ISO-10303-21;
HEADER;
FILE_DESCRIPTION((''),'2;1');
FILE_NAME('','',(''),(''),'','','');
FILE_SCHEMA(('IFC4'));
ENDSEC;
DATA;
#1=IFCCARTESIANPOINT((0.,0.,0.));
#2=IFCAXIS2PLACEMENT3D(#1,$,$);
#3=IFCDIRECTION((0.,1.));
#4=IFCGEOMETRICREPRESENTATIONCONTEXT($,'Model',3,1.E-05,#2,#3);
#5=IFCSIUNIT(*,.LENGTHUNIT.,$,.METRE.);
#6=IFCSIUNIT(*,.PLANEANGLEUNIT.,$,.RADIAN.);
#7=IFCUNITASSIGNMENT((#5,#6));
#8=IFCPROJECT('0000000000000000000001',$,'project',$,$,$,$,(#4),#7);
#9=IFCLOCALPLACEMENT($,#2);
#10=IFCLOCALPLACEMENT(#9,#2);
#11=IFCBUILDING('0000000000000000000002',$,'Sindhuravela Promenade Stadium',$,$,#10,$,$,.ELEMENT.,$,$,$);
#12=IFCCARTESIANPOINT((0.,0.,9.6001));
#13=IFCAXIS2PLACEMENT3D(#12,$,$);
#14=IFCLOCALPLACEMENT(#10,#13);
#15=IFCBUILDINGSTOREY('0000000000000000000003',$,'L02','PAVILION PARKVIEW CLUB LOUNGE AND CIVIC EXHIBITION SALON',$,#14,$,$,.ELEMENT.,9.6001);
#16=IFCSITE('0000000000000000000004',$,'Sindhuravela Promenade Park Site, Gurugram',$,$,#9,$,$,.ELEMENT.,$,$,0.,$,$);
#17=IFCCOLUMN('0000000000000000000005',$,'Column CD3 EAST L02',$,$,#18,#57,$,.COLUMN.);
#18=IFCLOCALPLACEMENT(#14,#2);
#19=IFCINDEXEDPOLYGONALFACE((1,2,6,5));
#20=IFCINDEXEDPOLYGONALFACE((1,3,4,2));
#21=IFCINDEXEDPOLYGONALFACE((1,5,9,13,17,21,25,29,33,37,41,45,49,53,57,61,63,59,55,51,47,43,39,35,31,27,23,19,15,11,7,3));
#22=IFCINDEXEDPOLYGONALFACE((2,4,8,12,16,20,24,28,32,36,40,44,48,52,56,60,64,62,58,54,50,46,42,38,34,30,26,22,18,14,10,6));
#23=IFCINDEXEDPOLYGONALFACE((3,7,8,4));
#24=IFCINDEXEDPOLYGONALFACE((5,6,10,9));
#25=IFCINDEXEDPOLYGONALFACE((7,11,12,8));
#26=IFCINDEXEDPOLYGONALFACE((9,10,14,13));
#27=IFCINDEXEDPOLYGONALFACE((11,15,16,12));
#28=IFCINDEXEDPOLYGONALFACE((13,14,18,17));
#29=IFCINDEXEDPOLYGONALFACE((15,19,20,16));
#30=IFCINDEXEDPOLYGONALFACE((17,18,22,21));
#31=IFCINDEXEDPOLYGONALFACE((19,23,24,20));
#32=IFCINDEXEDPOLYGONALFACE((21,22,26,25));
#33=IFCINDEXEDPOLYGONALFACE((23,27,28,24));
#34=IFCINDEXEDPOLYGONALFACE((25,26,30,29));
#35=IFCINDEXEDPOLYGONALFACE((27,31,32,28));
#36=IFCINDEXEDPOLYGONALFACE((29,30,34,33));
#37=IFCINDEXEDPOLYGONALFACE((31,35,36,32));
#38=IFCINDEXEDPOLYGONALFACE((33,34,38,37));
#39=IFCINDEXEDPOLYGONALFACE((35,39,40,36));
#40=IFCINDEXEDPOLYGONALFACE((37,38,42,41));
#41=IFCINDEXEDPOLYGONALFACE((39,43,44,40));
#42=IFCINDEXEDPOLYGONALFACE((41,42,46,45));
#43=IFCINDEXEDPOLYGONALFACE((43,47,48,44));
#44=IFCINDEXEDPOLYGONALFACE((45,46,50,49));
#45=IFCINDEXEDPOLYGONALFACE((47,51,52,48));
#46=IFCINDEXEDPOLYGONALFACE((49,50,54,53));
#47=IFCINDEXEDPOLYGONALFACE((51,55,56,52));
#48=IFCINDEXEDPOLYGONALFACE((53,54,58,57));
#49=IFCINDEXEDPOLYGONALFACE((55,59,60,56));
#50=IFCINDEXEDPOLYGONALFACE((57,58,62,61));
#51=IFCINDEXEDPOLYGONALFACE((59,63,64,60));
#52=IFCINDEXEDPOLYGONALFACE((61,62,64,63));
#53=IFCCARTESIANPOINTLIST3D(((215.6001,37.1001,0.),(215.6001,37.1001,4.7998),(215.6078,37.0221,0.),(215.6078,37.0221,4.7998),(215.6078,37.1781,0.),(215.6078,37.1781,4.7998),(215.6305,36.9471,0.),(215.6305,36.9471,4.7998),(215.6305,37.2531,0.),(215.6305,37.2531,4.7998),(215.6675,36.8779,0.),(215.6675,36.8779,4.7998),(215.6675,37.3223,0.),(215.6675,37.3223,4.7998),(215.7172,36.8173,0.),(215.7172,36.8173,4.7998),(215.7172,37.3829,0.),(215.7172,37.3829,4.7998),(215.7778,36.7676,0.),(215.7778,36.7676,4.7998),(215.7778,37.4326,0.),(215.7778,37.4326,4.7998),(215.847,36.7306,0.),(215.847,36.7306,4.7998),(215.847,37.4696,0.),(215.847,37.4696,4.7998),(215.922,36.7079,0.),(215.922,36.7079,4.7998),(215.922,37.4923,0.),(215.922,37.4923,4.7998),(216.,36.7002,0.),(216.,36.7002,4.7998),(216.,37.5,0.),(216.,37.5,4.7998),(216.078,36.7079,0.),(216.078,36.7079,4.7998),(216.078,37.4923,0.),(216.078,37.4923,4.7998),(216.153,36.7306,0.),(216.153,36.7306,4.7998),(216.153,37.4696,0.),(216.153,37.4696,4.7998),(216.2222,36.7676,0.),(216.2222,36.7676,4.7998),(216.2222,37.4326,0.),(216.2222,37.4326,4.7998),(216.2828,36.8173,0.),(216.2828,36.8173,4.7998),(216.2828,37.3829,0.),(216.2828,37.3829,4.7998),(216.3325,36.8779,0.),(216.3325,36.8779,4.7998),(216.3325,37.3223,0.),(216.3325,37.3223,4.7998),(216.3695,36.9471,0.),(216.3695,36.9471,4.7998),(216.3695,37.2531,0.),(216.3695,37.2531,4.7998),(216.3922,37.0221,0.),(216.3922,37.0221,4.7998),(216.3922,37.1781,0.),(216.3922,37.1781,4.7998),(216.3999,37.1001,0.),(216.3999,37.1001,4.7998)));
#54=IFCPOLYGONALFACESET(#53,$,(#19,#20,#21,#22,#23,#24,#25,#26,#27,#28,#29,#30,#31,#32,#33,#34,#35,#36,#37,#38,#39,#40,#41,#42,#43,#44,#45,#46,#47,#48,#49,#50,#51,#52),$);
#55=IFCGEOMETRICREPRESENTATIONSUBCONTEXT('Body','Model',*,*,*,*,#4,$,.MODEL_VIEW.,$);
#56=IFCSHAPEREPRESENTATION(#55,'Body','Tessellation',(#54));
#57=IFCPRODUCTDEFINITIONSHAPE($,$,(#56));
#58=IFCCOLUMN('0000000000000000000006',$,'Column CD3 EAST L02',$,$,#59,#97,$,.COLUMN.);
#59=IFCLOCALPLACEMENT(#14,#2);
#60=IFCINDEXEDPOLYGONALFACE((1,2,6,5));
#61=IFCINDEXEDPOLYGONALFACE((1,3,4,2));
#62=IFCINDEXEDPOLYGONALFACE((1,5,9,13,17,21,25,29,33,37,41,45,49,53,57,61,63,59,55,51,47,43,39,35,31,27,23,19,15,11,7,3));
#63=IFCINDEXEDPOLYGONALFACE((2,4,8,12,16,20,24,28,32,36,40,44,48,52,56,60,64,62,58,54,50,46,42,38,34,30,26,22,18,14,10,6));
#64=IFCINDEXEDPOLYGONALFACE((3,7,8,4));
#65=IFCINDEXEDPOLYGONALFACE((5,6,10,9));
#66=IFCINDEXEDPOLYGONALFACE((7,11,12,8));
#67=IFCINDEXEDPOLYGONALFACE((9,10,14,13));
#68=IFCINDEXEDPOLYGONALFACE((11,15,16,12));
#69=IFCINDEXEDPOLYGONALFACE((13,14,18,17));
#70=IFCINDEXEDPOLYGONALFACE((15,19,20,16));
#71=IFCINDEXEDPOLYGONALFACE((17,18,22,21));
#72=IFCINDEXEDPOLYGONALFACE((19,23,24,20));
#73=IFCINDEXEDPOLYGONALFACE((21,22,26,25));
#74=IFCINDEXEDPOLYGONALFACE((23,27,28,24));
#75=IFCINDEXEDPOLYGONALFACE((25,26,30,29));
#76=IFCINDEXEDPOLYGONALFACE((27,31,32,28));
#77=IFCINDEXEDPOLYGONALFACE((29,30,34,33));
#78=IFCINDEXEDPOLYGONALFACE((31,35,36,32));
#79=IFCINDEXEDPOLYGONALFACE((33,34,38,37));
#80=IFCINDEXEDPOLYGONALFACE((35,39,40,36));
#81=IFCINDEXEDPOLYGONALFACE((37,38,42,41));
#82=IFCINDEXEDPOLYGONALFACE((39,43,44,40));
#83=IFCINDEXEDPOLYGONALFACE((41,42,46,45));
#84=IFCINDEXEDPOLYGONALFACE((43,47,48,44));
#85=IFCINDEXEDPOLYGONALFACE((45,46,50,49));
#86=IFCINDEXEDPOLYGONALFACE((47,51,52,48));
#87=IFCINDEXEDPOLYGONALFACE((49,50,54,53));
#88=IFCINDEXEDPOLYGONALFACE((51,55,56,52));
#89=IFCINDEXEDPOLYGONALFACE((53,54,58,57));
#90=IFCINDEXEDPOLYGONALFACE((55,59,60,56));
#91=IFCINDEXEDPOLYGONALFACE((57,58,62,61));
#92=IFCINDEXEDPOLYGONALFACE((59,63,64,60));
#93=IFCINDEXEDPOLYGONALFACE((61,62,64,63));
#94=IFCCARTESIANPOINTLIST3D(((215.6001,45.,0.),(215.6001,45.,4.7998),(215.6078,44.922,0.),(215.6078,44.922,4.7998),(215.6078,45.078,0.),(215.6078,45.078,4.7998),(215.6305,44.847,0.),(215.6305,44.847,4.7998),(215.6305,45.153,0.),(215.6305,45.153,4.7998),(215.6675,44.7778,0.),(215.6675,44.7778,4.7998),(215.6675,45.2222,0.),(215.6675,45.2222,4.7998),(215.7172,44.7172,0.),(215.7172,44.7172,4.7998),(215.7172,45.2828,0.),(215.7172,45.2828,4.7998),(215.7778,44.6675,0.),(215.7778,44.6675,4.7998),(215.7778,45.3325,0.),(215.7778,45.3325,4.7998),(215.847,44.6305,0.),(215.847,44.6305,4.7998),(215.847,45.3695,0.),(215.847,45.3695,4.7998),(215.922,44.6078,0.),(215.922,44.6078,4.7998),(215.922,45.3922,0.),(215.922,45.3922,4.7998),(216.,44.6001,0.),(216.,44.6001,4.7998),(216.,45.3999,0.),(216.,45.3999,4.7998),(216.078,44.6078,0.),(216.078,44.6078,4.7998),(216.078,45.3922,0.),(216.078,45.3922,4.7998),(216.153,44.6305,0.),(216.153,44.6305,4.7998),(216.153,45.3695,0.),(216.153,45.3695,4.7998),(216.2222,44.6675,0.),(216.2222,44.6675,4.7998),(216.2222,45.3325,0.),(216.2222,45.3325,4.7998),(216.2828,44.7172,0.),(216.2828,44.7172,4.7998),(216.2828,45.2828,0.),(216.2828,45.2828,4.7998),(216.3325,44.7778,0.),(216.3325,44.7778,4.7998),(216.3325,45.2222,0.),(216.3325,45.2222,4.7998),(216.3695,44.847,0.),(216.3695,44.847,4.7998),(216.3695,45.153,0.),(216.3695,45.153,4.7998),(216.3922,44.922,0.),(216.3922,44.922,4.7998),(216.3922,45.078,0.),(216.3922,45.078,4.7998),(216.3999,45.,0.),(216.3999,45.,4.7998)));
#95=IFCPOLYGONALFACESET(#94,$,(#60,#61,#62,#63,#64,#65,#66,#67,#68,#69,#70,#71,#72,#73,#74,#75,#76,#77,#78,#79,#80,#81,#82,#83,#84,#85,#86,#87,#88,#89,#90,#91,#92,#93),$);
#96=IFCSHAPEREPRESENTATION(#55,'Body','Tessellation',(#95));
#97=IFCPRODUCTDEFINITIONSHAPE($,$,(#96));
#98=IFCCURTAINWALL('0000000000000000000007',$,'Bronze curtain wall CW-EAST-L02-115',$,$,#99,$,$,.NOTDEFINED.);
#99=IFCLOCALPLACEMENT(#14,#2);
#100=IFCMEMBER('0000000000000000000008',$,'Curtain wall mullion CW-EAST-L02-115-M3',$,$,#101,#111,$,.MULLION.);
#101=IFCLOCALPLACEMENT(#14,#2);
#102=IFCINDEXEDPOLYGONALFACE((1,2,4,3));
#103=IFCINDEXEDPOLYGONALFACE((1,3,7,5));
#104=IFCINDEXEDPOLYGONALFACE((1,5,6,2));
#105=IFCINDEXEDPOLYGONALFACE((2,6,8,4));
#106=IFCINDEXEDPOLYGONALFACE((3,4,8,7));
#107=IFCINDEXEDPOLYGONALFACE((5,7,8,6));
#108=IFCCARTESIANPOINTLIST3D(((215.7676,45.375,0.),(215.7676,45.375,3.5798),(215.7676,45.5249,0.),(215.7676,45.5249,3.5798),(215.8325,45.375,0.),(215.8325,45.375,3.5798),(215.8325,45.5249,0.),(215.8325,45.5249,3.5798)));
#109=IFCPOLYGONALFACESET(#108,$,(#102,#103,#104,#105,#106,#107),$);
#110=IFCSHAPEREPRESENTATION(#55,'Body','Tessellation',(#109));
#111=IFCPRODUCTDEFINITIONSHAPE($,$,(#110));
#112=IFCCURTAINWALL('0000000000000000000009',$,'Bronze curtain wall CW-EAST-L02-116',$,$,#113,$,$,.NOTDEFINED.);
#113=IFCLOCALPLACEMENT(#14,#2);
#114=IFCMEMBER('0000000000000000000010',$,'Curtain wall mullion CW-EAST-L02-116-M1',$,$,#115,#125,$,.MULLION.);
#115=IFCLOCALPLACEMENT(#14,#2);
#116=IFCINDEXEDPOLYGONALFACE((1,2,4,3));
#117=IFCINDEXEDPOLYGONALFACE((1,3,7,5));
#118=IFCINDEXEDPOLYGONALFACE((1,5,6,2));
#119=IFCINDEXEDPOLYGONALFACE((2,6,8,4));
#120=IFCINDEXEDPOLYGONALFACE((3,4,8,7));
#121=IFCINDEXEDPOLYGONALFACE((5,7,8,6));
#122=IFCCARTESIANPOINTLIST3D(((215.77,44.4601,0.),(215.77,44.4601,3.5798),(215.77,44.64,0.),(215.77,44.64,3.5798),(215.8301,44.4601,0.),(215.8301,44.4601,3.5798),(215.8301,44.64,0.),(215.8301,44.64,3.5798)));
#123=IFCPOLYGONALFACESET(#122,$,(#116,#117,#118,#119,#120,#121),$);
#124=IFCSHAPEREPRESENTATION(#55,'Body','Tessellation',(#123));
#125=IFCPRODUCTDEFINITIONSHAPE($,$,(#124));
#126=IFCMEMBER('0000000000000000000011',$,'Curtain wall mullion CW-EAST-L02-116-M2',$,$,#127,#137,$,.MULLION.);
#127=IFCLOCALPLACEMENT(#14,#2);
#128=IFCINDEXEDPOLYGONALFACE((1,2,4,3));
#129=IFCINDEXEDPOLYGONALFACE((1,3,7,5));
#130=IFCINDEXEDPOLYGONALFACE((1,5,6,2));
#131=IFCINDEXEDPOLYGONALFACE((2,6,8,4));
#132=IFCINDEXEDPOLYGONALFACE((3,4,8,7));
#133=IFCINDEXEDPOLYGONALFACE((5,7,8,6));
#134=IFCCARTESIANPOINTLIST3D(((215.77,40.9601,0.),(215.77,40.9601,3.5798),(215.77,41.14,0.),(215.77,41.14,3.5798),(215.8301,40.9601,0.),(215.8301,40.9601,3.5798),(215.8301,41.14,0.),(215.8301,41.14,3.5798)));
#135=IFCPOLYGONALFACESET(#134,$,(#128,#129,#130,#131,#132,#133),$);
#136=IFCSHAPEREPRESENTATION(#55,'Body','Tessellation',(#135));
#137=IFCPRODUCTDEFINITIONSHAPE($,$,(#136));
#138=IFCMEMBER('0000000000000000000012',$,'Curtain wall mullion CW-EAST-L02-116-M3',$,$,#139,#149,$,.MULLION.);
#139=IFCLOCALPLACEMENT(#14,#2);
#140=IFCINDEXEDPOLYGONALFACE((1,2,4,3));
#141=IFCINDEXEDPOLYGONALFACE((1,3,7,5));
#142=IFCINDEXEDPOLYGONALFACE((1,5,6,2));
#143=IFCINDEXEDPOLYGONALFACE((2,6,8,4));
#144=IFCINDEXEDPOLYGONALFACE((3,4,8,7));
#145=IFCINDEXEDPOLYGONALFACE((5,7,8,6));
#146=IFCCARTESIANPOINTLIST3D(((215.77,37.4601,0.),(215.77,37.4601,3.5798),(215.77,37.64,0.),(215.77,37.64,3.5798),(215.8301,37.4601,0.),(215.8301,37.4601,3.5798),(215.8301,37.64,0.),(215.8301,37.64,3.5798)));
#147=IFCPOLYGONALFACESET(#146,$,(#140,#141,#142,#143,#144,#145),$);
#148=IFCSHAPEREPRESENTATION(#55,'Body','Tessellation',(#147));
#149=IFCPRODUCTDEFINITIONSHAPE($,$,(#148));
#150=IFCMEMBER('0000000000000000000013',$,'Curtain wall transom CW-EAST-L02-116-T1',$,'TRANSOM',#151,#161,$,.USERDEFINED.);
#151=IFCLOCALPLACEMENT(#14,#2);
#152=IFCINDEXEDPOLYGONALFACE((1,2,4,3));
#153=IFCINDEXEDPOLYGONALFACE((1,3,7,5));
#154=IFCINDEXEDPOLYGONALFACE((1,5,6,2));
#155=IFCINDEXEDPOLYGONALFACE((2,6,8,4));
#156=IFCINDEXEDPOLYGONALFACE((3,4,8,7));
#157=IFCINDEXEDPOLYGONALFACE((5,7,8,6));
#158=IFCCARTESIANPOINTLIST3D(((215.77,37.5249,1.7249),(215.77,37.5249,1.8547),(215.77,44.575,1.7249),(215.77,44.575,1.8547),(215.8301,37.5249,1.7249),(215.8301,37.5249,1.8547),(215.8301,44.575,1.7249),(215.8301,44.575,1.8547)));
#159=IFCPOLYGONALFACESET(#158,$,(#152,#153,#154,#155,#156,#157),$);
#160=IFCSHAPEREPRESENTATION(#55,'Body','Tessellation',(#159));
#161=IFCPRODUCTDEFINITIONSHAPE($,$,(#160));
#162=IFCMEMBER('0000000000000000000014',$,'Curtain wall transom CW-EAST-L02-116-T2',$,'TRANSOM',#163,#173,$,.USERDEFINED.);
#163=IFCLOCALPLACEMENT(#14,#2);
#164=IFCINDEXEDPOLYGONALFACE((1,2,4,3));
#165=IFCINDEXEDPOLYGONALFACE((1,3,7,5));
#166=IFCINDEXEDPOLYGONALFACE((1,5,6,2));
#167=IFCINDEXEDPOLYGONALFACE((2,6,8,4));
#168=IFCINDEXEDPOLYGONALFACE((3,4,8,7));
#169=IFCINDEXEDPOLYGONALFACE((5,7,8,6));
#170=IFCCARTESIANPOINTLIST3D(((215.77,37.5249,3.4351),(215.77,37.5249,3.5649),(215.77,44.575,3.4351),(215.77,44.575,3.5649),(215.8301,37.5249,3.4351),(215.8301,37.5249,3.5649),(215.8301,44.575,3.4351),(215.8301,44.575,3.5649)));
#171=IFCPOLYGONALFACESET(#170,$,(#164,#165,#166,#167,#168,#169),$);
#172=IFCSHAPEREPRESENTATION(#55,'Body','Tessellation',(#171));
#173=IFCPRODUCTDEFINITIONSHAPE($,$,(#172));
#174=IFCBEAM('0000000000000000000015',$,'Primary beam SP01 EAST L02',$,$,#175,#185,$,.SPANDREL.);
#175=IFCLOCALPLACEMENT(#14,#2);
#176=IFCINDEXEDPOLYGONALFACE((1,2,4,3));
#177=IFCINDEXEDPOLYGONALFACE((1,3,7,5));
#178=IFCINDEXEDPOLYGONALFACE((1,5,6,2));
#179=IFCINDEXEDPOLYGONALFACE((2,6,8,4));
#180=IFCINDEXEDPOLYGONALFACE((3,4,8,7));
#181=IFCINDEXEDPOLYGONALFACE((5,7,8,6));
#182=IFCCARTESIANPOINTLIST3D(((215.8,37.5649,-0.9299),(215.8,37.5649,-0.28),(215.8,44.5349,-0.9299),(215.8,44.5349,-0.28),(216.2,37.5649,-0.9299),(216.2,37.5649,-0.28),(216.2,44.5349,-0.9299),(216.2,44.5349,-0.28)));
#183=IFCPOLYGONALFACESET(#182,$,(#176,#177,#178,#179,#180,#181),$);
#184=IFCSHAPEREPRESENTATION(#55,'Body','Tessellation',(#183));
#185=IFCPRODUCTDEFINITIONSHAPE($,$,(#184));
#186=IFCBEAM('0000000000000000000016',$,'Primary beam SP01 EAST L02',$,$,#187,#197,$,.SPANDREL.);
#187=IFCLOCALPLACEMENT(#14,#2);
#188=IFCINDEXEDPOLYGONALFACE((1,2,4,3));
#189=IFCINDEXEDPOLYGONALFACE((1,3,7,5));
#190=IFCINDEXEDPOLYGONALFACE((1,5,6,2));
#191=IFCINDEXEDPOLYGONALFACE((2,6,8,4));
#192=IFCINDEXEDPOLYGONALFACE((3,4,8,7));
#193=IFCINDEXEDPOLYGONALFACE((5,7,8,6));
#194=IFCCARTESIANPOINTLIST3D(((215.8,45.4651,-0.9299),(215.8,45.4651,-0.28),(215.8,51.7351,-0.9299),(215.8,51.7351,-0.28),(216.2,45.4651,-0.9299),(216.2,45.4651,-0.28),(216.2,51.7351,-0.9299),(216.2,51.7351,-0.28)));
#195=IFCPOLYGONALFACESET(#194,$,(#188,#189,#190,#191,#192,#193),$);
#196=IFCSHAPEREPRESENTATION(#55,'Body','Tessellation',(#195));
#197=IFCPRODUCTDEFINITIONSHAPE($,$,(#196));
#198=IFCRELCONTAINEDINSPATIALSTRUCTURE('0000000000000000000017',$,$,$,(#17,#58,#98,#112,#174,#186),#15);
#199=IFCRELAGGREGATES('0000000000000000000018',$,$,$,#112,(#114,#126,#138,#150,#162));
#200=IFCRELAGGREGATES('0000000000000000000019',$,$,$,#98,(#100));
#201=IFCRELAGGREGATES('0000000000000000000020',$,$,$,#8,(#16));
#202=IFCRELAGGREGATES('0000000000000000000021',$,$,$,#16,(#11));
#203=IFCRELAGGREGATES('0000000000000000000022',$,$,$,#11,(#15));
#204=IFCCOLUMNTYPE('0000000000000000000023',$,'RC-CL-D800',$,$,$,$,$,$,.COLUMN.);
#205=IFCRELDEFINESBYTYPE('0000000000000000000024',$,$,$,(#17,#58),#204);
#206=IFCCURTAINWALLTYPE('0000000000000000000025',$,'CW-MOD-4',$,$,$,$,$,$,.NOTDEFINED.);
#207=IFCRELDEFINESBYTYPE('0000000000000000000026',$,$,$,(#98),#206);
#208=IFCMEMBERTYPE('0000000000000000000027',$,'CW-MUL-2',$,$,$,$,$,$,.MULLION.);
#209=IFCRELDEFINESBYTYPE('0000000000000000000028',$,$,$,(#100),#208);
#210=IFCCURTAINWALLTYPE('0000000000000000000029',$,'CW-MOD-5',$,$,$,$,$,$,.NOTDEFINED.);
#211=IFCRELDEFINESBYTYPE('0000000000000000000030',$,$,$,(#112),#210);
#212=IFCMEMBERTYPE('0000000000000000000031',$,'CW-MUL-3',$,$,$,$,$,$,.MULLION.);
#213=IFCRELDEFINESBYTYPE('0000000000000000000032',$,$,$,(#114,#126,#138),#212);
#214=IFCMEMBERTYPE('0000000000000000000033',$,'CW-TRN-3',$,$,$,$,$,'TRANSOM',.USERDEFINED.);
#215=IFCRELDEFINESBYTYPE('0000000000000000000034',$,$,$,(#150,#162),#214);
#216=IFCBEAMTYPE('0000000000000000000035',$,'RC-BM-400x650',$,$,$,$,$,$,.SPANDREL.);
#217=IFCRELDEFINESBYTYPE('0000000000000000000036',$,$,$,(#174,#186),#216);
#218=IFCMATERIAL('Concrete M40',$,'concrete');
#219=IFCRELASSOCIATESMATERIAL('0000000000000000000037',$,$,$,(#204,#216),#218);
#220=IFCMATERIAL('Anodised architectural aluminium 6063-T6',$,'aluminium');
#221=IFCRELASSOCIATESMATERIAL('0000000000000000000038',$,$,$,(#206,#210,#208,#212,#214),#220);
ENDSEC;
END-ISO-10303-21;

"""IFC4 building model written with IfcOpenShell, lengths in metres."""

from ifc_helpers import new_model, si_unit, direction, frame, origin, origin_2d, place, context, subcontext, project, spatial, rectangle, circle, extrude, material, material_profile, profile_set, type_object, element, aggregate, save


model = new_model("IFC4")

# Units and contexts
model_context = context("Model", 3, precision=1e-05, world=origin(), true_north=direction((0.0, 1.0)))
body_context = subcontext(model_context, "Body", "Model", "MODEL_VIEW")
ifc_project = project(units=[si_unit("LENGTHUNIT", "METRE"), si_unit("PLANEANGLEUNIT", "RADIAN")], contexts=[model_context])

# Site, building, storey
site_placement = place(None, origin())
site = spatial("IfcSite", under=ifc_project, at=site_placement, Name="Sindhuravela Promenade Park Site, Gurugram", CompositionType="ELEMENT", RefElevation=0.0)
building_placement = place(site_placement, origin())
building = spatial("IfcBuilding", under=site, at=building_placement, Name="Sindhuravela Promenade Stadium", CompositionType="ELEMENT")
storey_placement = place(building_placement, frame((0.0, 0.0, 9.6001)))
storey = spatial("IfcBuildingStorey", under=building, at=storey_placement, Name="L02", Description="PAVILION PARKVIEW CLUB LOUNGE AND CIVIC EXHIBITION SALON", CompositionType="ELEMENT", Elevation=9.6001)

# Columns
ifc_material_1 = material(Name="Concrete M40", Category="concrete")
ifc_material_profile_1 = material_profile(ifc_material_1, circle(Radius=0.3999, at=origin_2d()), Name="RC D800")
ifc_profile_set_1 = profile_set([ifc_material_profile_1], Name="Concrete M40")
column_type = type_object("IfcColumnType", Name="RC-CL-D800", PredefinedType="COLUMN", material=ifc_profile_set_1)
for number, where, z_axis, x_axis, name in (
    (1, (216.0, 37.1001, 0.0), (0.0, 0.0, 1.0), (1.0, 0.0, 0.0), "Column CD3 EAST L02"),
    (2, (216.0, 45.0, 0.0), (0.0, 0.0, 1.0), (1.0, 0.0, 0.0), "Column CD3 EAST L02"),
):
    element("IfcColumn", number, at=place(storey_placement, frame(where, z_axis=z_axis, x_axis=x_axis)), inside=storey, type_object=column_type, Name=name, PredefinedType="COLUMN", context=body_context, shape_type="SweptSolid", body=[
        extrude(circle(Radius=0.3999, at=origin_2d()), origin(), (0.0, 0.0, 1.0), 4.7998),
    ])

# Curtain wall, member
ifc_material_2 = material(Name="Anodised architectural aluminium 6063-T6", Category="aluminium")
curtain_wall_type_1 = type_object("IfcCurtainWallType", Name="CW-MOD-4", PredefinedType="NOTDEFINED", material=ifc_material_2)
curtain_wall_1_placement = place(storey_placement, origin())
curtain_wall_1 = element("IfcCurtainWall", 3, at=curtain_wall_1_placement, inside=storey, type_object=curtain_wall_type_1, Name="Bronze curtain wall CW-EAST-L02-115", PredefinedType="NOTDEFINED")
ifc_material_profile_2 = material_profile(ifc_material_2, rectangle(XDim=0.0649, YDim=0.1499, at=origin_2d()), Name="ALU MULL 65x150")
ifc_profile_set_2 = profile_set([ifc_material_profile_2], Name="Anodised architectural aluminium 6063-T6")
member_type_1 = type_object("IfcMemberType", Name="CW-MUL-2", PredefinedType="MULLION", material=ifc_profile_set_2)
member_1_placement = place(storey_placement, frame((215.8, 45.45, 0.0), z_axis=(0.0, 0.0, 1.0), x_axis=(1.0, 0.0, 0.0)))
member_1 = element("IfcMember", 4, at=member_1_placement, type_object=member_type_1, Name="Curtain wall mullion CW-EAST-L02-115-M3", PredefinedType="MULLION", context=body_context, shape_type="SweptSolid", body=[
    extrude(rectangle(XDim=0.0649, YDim=0.1499, at=origin_2d()), origin(), (0.0, 0.0, 1.0), 3.5798),
])

# Curtain wall, members
curtain_wall_type_2 = type_object("IfcCurtainWallType", Name="CW-MOD-5", PredefinedType="NOTDEFINED", material=ifc_material_2)
curtain_wall_2_placement = place(storey_placement, origin())
curtain_wall_2 = element("IfcCurtainWall", 5, at=curtain_wall_2_placement, inside=storey, type_object=curtain_wall_type_2, Name="Bronze curtain wall CW-EAST-L02-116", PredefinedType="NOTDEFINED")
ifc_material_profile_3 = material_profile(ifc_material_2, rectangle(XDim=0.0601, YDim=0.1799, at=origin_2d()), Name="ALU M60x180")
ifc_profile_set_3 = profile_set([ifc_material_profile_3], Name="Anodised architectural aluminium 6063-T6")
member_type_2 = type_object("IfcMemberType", Name="CW-MUL-3", PredefinedType="MULLION", material=ifc_profile_set_3)
member_2_placement = place(storey_placement, frame((215.8, 44.55, 0.0), z_axis=(0.0, 0.0, 1.0), x_axis=(1.0, 0.0, 0.0)))
member_2 = element("IfcMember", 6, at=member_2_placement, type_object=member_type_2, Name="Curtain wall mullion CW-EAST-L02-116-M1", PredefinedType="MULLION", context=body_context, shape_type="SweptSolid", body=[
    extrude(rectangle(XDim=0.0601, YDim=0.1799, at=origin_2d()), origin(), (0.0, 0.0, 1.0), 3.5798),
])
member_3_placement = place(storey_placement, frame((215.8, 41.05, 0.0), z_axis=(0.0, 0.0, 1.0), x_axis=(1.0, 0.0, 0.0)))
member_3 = element("IfcMember", 7, at=member_3_placement, type_object=member_type_2, Name="Curtain wall mullion CW-EAST-L02-116-M2", PredefinedType="MULLION", context=body_context, shape_type="SweptSolid", body=[
    extrude(rectangle(XDim=0.0601, YDim=0.1799, at=origin_2d()), origin(), (0.0, 0.0, 1.0), 3.5798),
])
member_4_placement = place(storey_placement, frame((215.8, 37.55, 0.0), z_axis=(0.0, 0.0, 1.0), x_axis=(1.0, 0.0, 0.0)))
member_4 = element("IfcMember", 8, at=member_4_placement, type_object=member_type_2, Name="Curtain wall mullion CW-EAST-L02-116-M3", PredefinedType="MULLION", context=body_context, shape_type="SweptSolid", body=[
    extrude(rectangle(XDim=0.0601, YDim=0.1799, at=origin_2d()), origin(), (0.0, 0.0, 1.0), 3.5798),
])
ifc_material_profile_4 = material_profile(ifc_material_2, rectangle(XDim=0.0601, YDim=0.1299, at=origin_2d()), Name="ALU T60x130")
ifc_profile_set_4 = profile_set([ifc_material_profile_4], Name="Anodised architectural aluminium 6063-T6")
member_type_3 = type_object("IfcMemberType", Name="CW-TRN-3", ElementType="TRANSOM", PredefinedType="USERDEFINED", material=ifc_profile_set_4)
member_5_placement = place(storey_placement, frame((215.8, 44.575, 1.7898), z_axis=(0.0, -1.0, 0.0), x_axis=(1.0, 0.0, 0.0)))
member_5 = element("IfcMember", 9, at=member_5_placement, type_object=member_type_3, Name="Curtain wall transom CW-EAST-L02-116-T1", ObjectType="TRANSOM", PredefinedType="USERDEFINED", context=body_context, shape_type="SweptSolid", body=[
    extrude(rectangle(XDim=0.0601, YDim=0.1299, at=origin_2d()), origin(), (0.0, 0.0, 1.0), 7.05),
])
member_6_placement = place(storey_placement, frame((215.8, 44.575, 3.5), z_axis=(0.0, -1.0, 0.0), x_axis=(1.0, 0.0, 0.0)))
member_6 = element("IfcMember", 10, at=member_6_placement, type_object=member_type_3, Name="Curtain wall transom CW-EAST-L02-116-T2", ObjectType="TRANSOM", PredefinedType="USERDEFINED", context=body_context, shape_type="SweptSolid", body=[
    extrude(rectangle(XDim=0.0601, YDim=0.1299, at=origin_2d()), origin(), (0.0, 0.0, 1.0), 7.05),
])

# Beams
ifc_material_profile_5 = material_profile(ifc_material_1, rectangle(XDim=0.3999, YDim=0.6499, at=origin_2d()), Name="RC 400x650")
ifc_profile_set_5 = profile_set([ifc_material_profile_5], Name="Concrete M40")
beam_type = type_object("IfcBeamType", Name="RC-BM-400x650", PredefinedType="SPANDREL", material=ifc_profile_set_5)
beam_1_placement = place(storey_placement, frame((216.0, 37.5649, -0.605), z_axis=(0.0, 1.0, 0.0), x_axis=(-1.0, 0.0, 0.0)))
element("IfcBeam", 11, at=beam_1_placement, inside=storey, type_object=beam_type, Name="Primary beam SP01 EAST L02", PredefinedType="SPANDREL", context=body_context, shape_type="SweptSolid", body=[
    extrude(rectangle(XDim=0.3999, YDim=0.6499, at=origin_2d()), origin(), (0.0, 0.0, 1.0), 6.97),
])
beam_2_placement = place(storey_placement, frame((216.0, 45.4651, -0.605), z_axis=(0.0, 1.0, 0.0), x_axis=(-1.0, 0.0, 0.0)))
element("IfcBeam", 12, at=beam_2_placement, inside=storey, type_object=beam_type, Name="Primary beam SP01 EAST L02", PredefinedType="SPANDREL", context=body_context, shape_type="SweptSolid", body=[
    extrude(rectangle(XDim=0.3999, YDim=0.6499, at=origin_2d()), origin(), (0.0, 0.0, 1.0), 6.27),
])

aggregate(curtain_wall_2, [member_2, member_3, member_4, member_5, member_6])
aggregate(curtain_wall_1, [member_1])

save(model, "model.ifc")
